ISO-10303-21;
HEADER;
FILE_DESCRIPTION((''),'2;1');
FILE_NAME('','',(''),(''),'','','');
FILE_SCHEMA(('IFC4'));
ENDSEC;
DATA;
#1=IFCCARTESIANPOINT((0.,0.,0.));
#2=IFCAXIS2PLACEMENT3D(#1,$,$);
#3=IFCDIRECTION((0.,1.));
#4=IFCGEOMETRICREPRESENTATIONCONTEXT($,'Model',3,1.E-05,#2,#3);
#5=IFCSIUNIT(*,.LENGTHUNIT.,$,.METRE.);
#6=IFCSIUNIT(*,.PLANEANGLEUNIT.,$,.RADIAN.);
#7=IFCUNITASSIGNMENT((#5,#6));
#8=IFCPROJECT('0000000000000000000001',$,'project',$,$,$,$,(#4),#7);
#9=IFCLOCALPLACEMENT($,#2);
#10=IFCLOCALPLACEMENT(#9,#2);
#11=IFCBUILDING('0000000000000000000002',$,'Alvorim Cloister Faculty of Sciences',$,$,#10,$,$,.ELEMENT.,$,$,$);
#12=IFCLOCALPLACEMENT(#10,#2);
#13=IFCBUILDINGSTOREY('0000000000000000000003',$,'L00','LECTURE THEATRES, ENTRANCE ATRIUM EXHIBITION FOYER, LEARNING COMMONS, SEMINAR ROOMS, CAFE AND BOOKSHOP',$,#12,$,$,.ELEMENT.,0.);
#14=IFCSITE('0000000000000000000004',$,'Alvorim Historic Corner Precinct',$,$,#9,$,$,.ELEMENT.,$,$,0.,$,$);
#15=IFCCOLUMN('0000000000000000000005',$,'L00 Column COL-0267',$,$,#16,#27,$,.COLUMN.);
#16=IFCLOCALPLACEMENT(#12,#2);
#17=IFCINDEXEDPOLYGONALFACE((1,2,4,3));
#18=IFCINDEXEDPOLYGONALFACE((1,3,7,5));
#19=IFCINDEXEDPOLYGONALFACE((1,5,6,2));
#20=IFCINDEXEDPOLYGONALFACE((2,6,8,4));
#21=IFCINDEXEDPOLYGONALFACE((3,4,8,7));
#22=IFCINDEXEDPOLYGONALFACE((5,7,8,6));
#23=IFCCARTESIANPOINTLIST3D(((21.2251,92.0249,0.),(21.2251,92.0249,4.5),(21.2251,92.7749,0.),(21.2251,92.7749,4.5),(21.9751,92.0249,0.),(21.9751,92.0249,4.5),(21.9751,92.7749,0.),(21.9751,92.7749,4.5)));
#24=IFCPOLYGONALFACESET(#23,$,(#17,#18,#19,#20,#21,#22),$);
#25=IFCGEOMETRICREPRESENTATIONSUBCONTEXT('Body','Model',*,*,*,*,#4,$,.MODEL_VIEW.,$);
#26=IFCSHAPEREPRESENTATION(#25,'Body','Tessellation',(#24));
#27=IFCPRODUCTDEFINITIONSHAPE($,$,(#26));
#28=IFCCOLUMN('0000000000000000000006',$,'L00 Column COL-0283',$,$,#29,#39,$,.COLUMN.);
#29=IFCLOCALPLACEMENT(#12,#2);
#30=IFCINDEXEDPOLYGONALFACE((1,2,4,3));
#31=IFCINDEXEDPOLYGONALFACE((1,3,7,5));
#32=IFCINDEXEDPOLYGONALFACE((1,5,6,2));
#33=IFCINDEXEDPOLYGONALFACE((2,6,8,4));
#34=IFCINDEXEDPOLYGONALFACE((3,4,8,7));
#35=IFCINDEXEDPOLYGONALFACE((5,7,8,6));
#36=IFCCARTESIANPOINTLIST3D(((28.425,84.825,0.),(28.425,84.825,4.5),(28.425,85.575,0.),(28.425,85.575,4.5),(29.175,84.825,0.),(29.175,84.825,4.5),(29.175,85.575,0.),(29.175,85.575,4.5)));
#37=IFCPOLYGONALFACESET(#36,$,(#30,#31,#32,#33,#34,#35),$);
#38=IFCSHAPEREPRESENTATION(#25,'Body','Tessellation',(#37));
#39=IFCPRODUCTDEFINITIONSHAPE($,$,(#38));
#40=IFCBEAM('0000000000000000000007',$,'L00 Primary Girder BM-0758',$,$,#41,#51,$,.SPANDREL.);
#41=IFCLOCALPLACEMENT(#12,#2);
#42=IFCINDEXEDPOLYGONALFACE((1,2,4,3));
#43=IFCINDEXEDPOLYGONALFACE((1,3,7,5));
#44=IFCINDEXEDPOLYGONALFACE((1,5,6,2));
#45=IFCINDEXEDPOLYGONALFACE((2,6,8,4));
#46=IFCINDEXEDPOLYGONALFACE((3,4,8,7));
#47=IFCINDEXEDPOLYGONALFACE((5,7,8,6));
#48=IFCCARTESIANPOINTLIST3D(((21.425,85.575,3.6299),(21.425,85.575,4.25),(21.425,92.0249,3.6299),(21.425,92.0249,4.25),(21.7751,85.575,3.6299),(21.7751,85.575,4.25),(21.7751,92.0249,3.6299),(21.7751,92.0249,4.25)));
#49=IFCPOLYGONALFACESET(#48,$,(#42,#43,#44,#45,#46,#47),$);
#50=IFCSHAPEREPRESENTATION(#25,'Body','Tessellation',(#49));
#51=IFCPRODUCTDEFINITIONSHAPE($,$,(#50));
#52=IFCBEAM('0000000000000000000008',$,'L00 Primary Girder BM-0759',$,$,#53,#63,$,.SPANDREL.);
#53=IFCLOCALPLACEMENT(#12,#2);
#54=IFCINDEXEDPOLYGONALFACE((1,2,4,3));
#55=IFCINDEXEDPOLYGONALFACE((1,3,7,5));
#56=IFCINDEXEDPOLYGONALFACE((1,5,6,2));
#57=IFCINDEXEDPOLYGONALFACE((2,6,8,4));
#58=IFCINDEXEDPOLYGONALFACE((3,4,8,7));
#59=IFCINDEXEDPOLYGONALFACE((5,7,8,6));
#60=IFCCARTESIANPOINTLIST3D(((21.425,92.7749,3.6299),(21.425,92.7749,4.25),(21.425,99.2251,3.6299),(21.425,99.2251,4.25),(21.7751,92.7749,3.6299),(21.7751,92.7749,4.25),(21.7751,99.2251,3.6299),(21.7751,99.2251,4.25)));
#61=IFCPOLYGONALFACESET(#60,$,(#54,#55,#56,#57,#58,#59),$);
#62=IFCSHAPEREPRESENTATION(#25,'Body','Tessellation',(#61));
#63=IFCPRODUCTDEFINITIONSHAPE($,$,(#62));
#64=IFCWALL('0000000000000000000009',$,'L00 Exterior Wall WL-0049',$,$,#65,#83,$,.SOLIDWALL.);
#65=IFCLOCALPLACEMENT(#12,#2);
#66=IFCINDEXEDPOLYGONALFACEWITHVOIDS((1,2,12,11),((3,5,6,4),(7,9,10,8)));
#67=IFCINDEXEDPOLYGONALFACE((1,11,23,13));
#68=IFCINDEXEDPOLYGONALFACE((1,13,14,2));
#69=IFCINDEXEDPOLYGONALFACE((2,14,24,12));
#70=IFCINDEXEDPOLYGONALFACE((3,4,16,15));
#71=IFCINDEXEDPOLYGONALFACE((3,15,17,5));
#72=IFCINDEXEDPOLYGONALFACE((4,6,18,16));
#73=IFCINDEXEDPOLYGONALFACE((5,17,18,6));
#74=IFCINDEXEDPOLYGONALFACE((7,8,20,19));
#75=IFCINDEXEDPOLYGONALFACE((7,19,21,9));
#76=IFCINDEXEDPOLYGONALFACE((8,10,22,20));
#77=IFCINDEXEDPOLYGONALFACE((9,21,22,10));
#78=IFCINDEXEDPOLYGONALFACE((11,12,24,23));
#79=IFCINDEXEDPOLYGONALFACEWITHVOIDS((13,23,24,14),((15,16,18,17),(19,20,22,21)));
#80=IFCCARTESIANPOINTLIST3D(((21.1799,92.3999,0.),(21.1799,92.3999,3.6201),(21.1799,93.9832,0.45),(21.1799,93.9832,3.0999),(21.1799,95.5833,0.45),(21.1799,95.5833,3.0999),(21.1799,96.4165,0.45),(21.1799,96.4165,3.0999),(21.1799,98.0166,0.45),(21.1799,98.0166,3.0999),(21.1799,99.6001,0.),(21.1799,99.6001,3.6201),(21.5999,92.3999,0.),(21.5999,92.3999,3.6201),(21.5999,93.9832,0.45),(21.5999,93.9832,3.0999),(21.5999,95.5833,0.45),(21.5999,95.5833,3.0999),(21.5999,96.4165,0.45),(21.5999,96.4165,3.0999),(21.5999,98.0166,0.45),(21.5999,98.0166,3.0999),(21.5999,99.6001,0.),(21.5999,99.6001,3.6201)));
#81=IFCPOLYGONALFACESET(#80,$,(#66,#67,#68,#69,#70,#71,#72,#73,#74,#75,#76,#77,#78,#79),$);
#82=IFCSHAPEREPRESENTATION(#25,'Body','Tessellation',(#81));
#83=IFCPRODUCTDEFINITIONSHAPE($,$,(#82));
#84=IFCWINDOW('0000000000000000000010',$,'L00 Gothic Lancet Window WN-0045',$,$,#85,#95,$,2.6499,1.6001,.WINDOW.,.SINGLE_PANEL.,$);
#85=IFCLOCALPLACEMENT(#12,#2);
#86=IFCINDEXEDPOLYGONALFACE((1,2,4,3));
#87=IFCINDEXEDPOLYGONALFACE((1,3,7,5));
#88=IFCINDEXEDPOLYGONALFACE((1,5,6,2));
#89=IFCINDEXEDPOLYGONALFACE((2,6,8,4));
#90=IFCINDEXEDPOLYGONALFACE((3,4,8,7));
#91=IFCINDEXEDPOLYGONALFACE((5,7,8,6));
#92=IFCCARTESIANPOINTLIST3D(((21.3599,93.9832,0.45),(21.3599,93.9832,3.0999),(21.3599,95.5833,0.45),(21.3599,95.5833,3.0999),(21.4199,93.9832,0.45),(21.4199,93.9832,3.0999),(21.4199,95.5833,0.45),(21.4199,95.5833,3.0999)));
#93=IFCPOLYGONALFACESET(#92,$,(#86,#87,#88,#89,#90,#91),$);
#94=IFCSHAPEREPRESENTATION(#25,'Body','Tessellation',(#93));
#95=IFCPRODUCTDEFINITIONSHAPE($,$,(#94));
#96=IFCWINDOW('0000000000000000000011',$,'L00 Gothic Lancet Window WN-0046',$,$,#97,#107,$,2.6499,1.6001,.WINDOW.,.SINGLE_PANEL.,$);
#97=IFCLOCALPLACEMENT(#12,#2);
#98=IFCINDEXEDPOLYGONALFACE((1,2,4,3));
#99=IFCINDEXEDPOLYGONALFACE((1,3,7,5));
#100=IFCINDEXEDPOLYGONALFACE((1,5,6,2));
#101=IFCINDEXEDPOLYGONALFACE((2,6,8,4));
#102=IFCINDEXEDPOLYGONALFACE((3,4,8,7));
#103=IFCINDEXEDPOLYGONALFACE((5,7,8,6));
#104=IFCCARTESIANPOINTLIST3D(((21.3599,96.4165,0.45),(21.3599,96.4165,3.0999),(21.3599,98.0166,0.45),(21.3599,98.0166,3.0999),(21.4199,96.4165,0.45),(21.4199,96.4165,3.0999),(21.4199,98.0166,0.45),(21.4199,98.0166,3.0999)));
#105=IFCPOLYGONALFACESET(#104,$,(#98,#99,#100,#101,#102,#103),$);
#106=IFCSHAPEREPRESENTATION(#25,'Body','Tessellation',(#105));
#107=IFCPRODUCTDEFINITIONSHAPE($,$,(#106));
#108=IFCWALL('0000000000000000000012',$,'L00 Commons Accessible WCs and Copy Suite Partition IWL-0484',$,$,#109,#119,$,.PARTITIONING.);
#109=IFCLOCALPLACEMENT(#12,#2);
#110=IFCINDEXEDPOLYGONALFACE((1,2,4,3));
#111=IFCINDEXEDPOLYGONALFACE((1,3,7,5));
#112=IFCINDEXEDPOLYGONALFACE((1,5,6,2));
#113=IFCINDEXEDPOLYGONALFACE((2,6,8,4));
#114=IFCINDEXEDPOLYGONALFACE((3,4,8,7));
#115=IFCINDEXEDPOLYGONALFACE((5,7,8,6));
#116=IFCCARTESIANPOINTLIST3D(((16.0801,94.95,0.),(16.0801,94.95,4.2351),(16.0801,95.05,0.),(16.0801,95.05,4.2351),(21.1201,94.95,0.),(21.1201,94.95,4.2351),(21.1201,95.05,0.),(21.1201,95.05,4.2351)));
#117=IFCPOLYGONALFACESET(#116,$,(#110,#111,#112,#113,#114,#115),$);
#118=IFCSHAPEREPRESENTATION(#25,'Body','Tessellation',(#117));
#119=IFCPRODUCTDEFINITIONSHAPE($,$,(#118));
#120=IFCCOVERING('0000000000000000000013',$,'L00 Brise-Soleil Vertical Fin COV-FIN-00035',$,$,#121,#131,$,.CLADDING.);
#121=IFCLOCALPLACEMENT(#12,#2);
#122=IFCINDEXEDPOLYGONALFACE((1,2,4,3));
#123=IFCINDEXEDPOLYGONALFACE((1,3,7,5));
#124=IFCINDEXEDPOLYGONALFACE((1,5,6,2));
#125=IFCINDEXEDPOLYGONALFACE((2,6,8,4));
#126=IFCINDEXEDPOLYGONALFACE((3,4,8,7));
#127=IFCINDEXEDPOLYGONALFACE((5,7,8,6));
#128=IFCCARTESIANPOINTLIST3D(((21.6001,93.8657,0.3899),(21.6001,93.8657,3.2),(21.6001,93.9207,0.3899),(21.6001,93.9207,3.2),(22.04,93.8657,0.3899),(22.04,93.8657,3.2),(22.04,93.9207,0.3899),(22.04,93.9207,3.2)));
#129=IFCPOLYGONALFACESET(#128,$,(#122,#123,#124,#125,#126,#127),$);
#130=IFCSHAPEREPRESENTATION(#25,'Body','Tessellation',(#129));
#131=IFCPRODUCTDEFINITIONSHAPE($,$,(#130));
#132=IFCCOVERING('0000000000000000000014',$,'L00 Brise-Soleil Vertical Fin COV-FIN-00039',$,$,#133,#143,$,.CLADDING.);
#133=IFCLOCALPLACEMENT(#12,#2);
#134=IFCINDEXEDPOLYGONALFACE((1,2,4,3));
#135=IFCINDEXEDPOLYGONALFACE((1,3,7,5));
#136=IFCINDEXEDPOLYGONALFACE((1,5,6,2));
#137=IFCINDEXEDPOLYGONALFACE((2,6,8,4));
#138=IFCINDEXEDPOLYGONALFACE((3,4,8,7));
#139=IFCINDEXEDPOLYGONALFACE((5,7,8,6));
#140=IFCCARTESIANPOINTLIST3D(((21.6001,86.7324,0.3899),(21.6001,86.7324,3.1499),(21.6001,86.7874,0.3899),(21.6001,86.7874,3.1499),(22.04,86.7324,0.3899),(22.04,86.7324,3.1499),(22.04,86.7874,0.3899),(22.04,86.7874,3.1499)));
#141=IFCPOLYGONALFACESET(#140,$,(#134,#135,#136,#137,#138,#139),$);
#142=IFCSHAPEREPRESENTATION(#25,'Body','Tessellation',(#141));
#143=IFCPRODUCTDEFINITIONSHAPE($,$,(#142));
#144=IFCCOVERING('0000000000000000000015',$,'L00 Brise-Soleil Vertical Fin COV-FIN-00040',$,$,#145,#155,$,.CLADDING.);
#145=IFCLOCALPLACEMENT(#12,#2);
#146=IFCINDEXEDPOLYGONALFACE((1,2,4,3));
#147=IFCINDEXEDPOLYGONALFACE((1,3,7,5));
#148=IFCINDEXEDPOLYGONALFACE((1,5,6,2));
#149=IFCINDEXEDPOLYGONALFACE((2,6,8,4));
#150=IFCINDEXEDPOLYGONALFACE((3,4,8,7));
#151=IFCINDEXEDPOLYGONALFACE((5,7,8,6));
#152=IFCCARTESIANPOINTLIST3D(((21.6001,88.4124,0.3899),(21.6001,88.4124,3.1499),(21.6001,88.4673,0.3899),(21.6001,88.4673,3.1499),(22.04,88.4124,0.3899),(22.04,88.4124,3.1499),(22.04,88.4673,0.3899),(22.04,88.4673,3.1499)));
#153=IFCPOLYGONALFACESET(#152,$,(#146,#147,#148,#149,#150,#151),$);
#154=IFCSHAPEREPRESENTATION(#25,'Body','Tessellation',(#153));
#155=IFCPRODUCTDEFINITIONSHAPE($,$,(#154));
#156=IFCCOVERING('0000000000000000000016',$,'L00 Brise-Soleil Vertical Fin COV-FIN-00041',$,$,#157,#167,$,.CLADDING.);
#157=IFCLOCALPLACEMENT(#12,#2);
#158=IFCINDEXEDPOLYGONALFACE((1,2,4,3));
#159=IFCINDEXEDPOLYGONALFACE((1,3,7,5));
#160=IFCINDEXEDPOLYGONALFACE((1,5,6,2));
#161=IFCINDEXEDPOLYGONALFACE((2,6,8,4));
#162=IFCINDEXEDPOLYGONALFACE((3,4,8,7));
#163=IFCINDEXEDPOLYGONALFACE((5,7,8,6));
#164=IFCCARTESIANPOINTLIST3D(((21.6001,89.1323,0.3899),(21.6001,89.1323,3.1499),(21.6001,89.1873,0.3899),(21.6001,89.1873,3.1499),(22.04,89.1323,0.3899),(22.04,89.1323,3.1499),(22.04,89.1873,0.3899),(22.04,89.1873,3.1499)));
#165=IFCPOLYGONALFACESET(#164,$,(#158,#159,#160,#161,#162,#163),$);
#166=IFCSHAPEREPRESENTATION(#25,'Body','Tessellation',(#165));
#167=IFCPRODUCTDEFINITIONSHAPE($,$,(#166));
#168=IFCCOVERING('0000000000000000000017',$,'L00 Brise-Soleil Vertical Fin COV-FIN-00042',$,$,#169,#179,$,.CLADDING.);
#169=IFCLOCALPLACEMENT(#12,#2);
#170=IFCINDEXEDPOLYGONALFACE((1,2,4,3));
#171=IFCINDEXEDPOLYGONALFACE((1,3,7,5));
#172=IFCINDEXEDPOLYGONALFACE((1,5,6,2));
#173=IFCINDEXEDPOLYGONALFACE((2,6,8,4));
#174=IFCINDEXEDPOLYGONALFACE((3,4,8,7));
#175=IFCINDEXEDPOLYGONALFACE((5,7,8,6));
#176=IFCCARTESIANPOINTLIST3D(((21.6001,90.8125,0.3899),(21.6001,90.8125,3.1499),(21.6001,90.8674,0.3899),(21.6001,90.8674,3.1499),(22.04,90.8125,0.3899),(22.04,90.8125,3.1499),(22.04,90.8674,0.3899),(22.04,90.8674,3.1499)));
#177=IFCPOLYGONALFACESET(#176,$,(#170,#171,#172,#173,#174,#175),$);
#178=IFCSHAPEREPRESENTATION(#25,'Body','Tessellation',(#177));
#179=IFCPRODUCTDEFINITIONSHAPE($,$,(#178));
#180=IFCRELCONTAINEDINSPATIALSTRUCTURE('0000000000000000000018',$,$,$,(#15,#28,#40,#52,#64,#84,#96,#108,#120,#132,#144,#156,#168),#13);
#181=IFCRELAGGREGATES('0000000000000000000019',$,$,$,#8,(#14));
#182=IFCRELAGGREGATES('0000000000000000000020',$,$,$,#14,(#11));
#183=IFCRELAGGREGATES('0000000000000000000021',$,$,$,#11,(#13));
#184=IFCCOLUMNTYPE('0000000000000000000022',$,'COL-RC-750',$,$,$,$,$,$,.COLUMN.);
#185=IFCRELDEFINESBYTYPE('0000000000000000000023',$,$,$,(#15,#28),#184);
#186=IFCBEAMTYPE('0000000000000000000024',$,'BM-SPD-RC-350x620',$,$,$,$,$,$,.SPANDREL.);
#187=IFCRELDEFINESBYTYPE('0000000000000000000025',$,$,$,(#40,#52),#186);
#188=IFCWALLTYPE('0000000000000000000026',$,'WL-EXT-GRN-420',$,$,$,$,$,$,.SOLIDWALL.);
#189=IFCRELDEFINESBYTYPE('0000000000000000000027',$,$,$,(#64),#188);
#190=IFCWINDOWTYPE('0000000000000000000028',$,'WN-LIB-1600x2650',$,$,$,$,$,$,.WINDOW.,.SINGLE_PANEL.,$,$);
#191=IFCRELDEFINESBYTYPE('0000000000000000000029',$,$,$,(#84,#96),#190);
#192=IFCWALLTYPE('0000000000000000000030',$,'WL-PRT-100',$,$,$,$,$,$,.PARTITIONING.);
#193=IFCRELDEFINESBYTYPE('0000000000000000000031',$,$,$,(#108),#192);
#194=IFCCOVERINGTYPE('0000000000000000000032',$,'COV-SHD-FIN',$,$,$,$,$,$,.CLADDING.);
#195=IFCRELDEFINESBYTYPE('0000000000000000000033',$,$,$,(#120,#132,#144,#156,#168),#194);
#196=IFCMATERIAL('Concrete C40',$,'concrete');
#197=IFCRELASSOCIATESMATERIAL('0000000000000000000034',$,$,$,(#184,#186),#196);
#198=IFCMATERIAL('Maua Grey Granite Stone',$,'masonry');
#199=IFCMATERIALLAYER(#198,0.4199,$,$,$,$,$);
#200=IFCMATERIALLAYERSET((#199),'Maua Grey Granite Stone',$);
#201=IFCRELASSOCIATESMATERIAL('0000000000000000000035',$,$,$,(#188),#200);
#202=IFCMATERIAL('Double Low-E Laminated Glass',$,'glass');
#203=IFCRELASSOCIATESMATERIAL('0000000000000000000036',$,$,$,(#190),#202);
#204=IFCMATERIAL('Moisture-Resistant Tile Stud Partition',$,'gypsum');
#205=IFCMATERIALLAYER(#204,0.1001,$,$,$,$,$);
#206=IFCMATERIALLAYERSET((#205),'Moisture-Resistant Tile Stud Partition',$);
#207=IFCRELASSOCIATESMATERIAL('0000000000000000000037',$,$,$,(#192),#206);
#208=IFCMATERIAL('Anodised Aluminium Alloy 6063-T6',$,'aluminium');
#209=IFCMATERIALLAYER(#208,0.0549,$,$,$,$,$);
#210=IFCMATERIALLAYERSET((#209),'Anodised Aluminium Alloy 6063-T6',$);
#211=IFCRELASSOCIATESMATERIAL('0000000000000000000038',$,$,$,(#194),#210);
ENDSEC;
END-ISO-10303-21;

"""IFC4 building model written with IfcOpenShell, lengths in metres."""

from ifc_helpers import new_model, si_unit, direction, frame, frame_2d, origin, origin_2d, place, context, subcontext, project, spatial, polyline, rectangle, outline, extrude, material, layer, layer_set, material_profile, profile_set, type_object, element, fill, save


model = new_model("IFC4")

# Units and contexts
model_context = context("Model", 3, precision=1e-05, world=origin(), true_north=direction((0.0, 1.0)))
body_context = subcontext(model_context, "Body", "Model", "MODEL_VIEW")
ifc_project = project(units=[si_unit("LENGTHUNIT", "METRE"), si_unit("PLANEANGLEUNIT", "RADIAN")], contexts=[model_context])

# Site, building, storey
site_placement = place(None, origin())
site = spatial("IfcSite", under=ifc_project, at=site_placement, Name="Alvorim Historic Corner Precinct", CompositionType="ELEMENT", RefElevation=0.0)
building_placement = place(site_placement, origin())
building = spatial("IfcBuilding", under=site, at=building_placement, Name="Alvorim Cloister Faculty of Sciences", CompositionType="ELEMENT")
storey_placement = place(building_placement, origin())
storey = spatial("IfcBuildingStorey", under=building, at=storey_placement, Name="L00", Description="LECTURE THEATRES, ENTRANCE ATRIUM EXHIBITION FOYER, LEARNING COMMONS, SEMINAR ROOMS, CAFE AND BOOKSHOP", CompositionType="ELEMENT", Elevation=0.0)

# Columns
ifc_material_1 = material(Name="Concrete C40", Category="concrete")
ifc_material_profile_1 = material_profile(ifc_material_1, rectangle(XDim=0.75, YDim=0.75, at=origin_2d()), Name="RC40-COL-750x750")
ifc_profile_set_1 = profile_set([ifc_material_profile_1], Name="Concrete C40")
column_type = type_object("IfcColumnType", Name="COL-RC-750", PredefinedType="COLUMN", material=ifc_profile_set_1)
for number, where, z_axis, x_axis, name in (
    (1, (21.6001, 92.3999, 0.0), (0.0, 0.0, 1.0), (1.0, 0.0, 0.0), "L00 Column COL-0267"),
    (2, (28.8, 85.2, 0.0), (0.0, 0.0, 1.0), (1.0, 0.0, 0.0), "L00 Column COL-0283"),
):
    element("IfcColumn", number, at=place(storey_placement, frame(where, z_axis=z_axis, x_axis=x_axis)), inside=storey, type_object=column_type, Name=name, PredefinedType="COLUMN", context=body_context, shape_type="SweptSolid", body=[
        extrude(rectangle(XDim=0.75, YDim=0.75, at=origin_2d()), origin(), (0.0, 0.0, 1.0), 4.5),
    ])

# Beams
ifc_material_profile_2 = material_profile(ifc_material_1, rectangle(XDim=0.3501, YDim=0.6201, at=origin_2d()), Name="RC40-SPD-350x620")
ifc_profile_set_2 = profile_set([ifc_material_profile_2], Name="Concrete C40")
beam_type = type_object("IfcBeamType", Name="BM-SPD-RC-350x620", PredefinedType="SPANDREL", material=ifc_profile_set_2)
beam_1_placement = place(storey_placement, frame((21.6001, 85.575, 3.9399), z_axis=(0.0, 1.0, 0.0), x_axis=(-1.0, 0.0, 0.0)))
element("IfcBeam", 3, at=beam_1_placement, inside=storey, type_object=beam_type, Name="L00 Primary Girder BM-0758", PredefinedType="SPANDREL", context=body_context, shape_type="SweptSolid", body=[
    extrude(rectangle(XDim=0.3501, YDim=0.6201, at=origin_2d()), origin(), (0.0, 0.0, 1.0), 6.45),
])
beam_2_placement = place(storey_placement, frame((21.6001, 92.7749, 3.9399), z_axis=(0.0, 1.0, 0.0), x_axis=(-1.0, 0.0, 0.0)))
element("IfcBeam", 4, at=beam_2_placement, inside=storey, type_object=beam_type, Name="L00 Primary Girder BM-0759", PredefinedType="SPANDREL", context=body_context, shape_type="SweptSolid", body=[
    extrude(rectangle(XDim=0.3501, YDim=0.6201, at=origin_2d()), origin(), (0.0, 0.0, 1.0), 6.4502),
])

# Wall, openings, windows
ifc_material_2 = material(Name="Maua Grey Granite Stone", Category="masonry")
ifc_layer_1 = layer(ifc_material_2, 0.4199)
ifc_layer_set_1 = layer_set([ifc_layer_1], Name="Maua Grey Granite Stone")
wall_type_1 = type_object("IfcWallType", Name="WL-EXT-GRN-420", PredefinedType="SOLIDWALL", material=ifc_layer_set_1)
wall_1_placement = place(storey_placement, frame((21.3899, 92.3999, 0.0), z_axis=(0.0, 0.0, 1.0), x_axis=(0.0, 1.0, 0.0)))
wall_1 = element("IfcWall", 5, at=wall_1_placement, inside=storey, type_object=wall_type_1, Name="L00 Exterior Wall WL-0049", PredefinedType="SOLIDWALL", context=body_context, shape_type="SweptSolid", body=[
    extrude(rectangle(XDim=7.2002, YDim=0.4199, at=frame_2d((3.6001, 0.0))), origin(), (0.0, 0.0, 1.0), 3.6201),
])
opening_1_placement = place(wall_1_placement, frame((1.5833, 0.0, 0.45)))
opening_1 = element("IfcOpeningElement", 6, at=opening_1_placement, cuts=wall_1, PredefinedType="OPENING", context=body_context, shape_type="SweptSolid", body=[
    extrude(rectangle(XDim=1.6001, YDim=2.6499, at=frame_2d((0.8, 1.325))), frame((0.0, 0.2219, 0.0), z_axis=(0.0, -1.0, 0.0), x_axis=(1.0, 0.0, 0.0)), (0.0, 0.0, 1.0), 0.4438),
])
opening_2_placement = place(wall_1_placement, frame((4.0166, 0.0, 0.45)))
opening_2 = element("IfcOpeningElement", 7, at=opening_2_placement, cuts=wall_1, PredefinedType="OPENING", context=body_context, shape_type="SweptSolid", body=[
    extrude(rectangle(XDim=1.6001, YDim=2.6499, at=frame_2d((0.8, 1.325))), frame((0.0, 0.2219, 0.0), z_axis=(0.0, -1.0, 0.0), x_axis=(1.0, 0.0, 0.0)), (0.0, 0.0, 1.0), 0.4438),
])
ifc_material_3 = material(Name="Double Low-E Laminated Glass", Category="glass")
window_type = type_object("IfcWindowType", Name="WN-LIB-1600x2650", PartitioningType="SINGLE_PANEL", PredefinedType="WINDOW", material=ifc_material_3)
window_1_placement = place(opening_1_placement, origin())
window_1 = element("IfcWindow", 8, at=window_1_placement, inside=storey, type_object=window_type, Name="L00 Gothic Lancet Window WN-0045", OverallHeight=2.6499, OverallWidth=1.6001, PartitioningType="SINGLE_PANEL", PredefinedType="WINDOW", context=body_context, shape_type="SweptSolid", body=[
    extrude(rectangle(XDim=1.6001, YDim=2.6499, at=frame_2d((0.8, 1.325))), frame((0.0, 0.03, 0.0), z_axis=(0.0, -1.0, 0.0), x_axis=(1.0, 0.0, 0.0)), (0.0, 0.0, 1.0), 0.0601),
])
fill(opening_1, window_1)
window_2_placement = place(opening_2_placement, origin())
window_2 = element("IfcWindow", 9, at=window_2_placement, inside=storey, type_object=window_type, Name="L00 Gothic Lancet Window WN-0046", OverallHeight=2.6499, OverallWidth=1.6001, PartitioningType="SINGLE_PANEL", PredefinedType="WINDOW", context=body_context, shape_type="SweptSolid", body=[
    extrude(rectangle(XDim=1.6001, YDim=2.6499, at=frame_2d((0.8, 1.325))), frame((0.0, 0.03, 0.0), z_axis=(0.0, -1.0, 0.0), x_axis=(1.0, 0.0, 0.0)), (0.0, 0.0, 1.0), 0.0601),
])
fill(opening_2, window_2)

# Wall
ifc_material_4 = material(Name="Moisture-Resistant Tile Stud Partition", Category="gypsum")
ifc_layer_2 = layer(ifc_material_4, 0.1001)
ifc_layer_set_2 = layer_set([ifc_layer_2], Name="Moisture-Resistant Tile Stud Partition")
wall_type_2 = type_object("IfcWallType", Name="WL-PRT-100", PredefinedType="PARTITIONING", material=ifc_layer_set_2)
wall_2_placement = place(storey_placement, frame((16.0801, 95.0, 0.0), z_axis=(0.0, 0.0, 1.0), x_axis=(1.0, 0.0, 0.0)))
element("IfcWall", 10, at=wall_2_placement, inside=storey, type_object=wall_type_2, Name="L00 Commons Accessible WCs and Copy Suite Partition IWL-0484", PredefinedType="PARTITIONING", context=body_context, shape_type="SweptSolid", body=[
    extrude(rectangle(XDim=5.04, YDim=0.1001, at=frame_2d((2.52, 0.0))), origin(), (0.0, 0.0, 1.0), 4.2351),
])

# Coverings
ifc_material_5 = material(Name="Anodised Aluminium Alloy 6063-T6", Category="aluminium")
ifc_layer_3 = layer(ifc_material_5, 0.0549)
ifc_layer_set_3 = layer_set([ifc_layer_3], Name="Anodised Aluminium Alloy 6063-T6")
covering_type = type_object("IfcCoveringType", Name="COV-SHD-FIN", PredefinedType="CLADDING", material=ifc_layer_set_3)
covering_placement = place(storey_placement, frame((21.6001, 93.8933, 0.3899), z_axis=(0.0, 0.0, 1.0), x_axis=(1.0, 0.0, 0.0)))
element("IfcCovering", 11, at=covering_placement, inside=storey, type_object=covering_type, Name="L00 Brise-Soleil Vertical Fin COV-FIN-00035", PredefinedType="CLADDING", context=body_context, shape_type="SweptSolid", body=[
    extrude(outline(polyline([(0.0, 0.0), (0.4399, 0.0), (0.4399, 2.8101), (0.0, 2.8101), (0.0, 0.0)])), frame((0.0, 0.0273, 0.0), z_axis=(0.0, -1.0, 0.0), x_axis=(1.0, 0.0, 0.0)), (0.0, 0.0, 1.0), 0.0549),
])
for number, where, z_axis, x_axis, name in (
    (12, (21.6001, 86.76, 0.3899), (0.0, 0.0, 1.0), (1.0, 0.0, 0.0), "L00 Brise-Soleil Vertical Fin COV-FIN-00039"),
    (13, (21.6001, 88.4399, 0.3899), (0.0, 0.0, 1.0), (1.0, 0.0, 0.0), "L00 Brise-Soleil Vertical Fin COV-FIN-00040"),
    (14, (21.6001, 89.1599, 0.3899), (0.0, 0.0, 1.0), (1.0, 0.0, 0.0), "L00 Brise-Soleil Vertical Fin COV-FIN-00041"),
    (15, (21.6001, 90.8401, 0.3899), (0.0, 0.0, 1.0), (1.0, 0.0, 0.0), "L00 Brise-Soleil Vertical Fin COV-FIN-00042"),
):
    element("IfcCovering", number, at=place(storey_placement, frame(where, z_axis=z_axis, x_axis=x_axis)), inside=storey, type_object=covering_type, Name=name, PredefinedType="CLADDING", context=body_context, shape_type="SweptSolid", body=[
        extrude(outline(polyline([(0.0, 0.0), (0.4399, 0.0), (0.4399, 2.76), (0.0, 2.76), (0.0, 0.0)])), frame((0.0, 0.0273, 0.0), z_axis=(0.0, -1.0, 0.0), x_axis=(1.0, 0.0, 0.0)), (0.0, 0.0, 1.0), 0.0549),
    ])

save(model, "model.ifc")
